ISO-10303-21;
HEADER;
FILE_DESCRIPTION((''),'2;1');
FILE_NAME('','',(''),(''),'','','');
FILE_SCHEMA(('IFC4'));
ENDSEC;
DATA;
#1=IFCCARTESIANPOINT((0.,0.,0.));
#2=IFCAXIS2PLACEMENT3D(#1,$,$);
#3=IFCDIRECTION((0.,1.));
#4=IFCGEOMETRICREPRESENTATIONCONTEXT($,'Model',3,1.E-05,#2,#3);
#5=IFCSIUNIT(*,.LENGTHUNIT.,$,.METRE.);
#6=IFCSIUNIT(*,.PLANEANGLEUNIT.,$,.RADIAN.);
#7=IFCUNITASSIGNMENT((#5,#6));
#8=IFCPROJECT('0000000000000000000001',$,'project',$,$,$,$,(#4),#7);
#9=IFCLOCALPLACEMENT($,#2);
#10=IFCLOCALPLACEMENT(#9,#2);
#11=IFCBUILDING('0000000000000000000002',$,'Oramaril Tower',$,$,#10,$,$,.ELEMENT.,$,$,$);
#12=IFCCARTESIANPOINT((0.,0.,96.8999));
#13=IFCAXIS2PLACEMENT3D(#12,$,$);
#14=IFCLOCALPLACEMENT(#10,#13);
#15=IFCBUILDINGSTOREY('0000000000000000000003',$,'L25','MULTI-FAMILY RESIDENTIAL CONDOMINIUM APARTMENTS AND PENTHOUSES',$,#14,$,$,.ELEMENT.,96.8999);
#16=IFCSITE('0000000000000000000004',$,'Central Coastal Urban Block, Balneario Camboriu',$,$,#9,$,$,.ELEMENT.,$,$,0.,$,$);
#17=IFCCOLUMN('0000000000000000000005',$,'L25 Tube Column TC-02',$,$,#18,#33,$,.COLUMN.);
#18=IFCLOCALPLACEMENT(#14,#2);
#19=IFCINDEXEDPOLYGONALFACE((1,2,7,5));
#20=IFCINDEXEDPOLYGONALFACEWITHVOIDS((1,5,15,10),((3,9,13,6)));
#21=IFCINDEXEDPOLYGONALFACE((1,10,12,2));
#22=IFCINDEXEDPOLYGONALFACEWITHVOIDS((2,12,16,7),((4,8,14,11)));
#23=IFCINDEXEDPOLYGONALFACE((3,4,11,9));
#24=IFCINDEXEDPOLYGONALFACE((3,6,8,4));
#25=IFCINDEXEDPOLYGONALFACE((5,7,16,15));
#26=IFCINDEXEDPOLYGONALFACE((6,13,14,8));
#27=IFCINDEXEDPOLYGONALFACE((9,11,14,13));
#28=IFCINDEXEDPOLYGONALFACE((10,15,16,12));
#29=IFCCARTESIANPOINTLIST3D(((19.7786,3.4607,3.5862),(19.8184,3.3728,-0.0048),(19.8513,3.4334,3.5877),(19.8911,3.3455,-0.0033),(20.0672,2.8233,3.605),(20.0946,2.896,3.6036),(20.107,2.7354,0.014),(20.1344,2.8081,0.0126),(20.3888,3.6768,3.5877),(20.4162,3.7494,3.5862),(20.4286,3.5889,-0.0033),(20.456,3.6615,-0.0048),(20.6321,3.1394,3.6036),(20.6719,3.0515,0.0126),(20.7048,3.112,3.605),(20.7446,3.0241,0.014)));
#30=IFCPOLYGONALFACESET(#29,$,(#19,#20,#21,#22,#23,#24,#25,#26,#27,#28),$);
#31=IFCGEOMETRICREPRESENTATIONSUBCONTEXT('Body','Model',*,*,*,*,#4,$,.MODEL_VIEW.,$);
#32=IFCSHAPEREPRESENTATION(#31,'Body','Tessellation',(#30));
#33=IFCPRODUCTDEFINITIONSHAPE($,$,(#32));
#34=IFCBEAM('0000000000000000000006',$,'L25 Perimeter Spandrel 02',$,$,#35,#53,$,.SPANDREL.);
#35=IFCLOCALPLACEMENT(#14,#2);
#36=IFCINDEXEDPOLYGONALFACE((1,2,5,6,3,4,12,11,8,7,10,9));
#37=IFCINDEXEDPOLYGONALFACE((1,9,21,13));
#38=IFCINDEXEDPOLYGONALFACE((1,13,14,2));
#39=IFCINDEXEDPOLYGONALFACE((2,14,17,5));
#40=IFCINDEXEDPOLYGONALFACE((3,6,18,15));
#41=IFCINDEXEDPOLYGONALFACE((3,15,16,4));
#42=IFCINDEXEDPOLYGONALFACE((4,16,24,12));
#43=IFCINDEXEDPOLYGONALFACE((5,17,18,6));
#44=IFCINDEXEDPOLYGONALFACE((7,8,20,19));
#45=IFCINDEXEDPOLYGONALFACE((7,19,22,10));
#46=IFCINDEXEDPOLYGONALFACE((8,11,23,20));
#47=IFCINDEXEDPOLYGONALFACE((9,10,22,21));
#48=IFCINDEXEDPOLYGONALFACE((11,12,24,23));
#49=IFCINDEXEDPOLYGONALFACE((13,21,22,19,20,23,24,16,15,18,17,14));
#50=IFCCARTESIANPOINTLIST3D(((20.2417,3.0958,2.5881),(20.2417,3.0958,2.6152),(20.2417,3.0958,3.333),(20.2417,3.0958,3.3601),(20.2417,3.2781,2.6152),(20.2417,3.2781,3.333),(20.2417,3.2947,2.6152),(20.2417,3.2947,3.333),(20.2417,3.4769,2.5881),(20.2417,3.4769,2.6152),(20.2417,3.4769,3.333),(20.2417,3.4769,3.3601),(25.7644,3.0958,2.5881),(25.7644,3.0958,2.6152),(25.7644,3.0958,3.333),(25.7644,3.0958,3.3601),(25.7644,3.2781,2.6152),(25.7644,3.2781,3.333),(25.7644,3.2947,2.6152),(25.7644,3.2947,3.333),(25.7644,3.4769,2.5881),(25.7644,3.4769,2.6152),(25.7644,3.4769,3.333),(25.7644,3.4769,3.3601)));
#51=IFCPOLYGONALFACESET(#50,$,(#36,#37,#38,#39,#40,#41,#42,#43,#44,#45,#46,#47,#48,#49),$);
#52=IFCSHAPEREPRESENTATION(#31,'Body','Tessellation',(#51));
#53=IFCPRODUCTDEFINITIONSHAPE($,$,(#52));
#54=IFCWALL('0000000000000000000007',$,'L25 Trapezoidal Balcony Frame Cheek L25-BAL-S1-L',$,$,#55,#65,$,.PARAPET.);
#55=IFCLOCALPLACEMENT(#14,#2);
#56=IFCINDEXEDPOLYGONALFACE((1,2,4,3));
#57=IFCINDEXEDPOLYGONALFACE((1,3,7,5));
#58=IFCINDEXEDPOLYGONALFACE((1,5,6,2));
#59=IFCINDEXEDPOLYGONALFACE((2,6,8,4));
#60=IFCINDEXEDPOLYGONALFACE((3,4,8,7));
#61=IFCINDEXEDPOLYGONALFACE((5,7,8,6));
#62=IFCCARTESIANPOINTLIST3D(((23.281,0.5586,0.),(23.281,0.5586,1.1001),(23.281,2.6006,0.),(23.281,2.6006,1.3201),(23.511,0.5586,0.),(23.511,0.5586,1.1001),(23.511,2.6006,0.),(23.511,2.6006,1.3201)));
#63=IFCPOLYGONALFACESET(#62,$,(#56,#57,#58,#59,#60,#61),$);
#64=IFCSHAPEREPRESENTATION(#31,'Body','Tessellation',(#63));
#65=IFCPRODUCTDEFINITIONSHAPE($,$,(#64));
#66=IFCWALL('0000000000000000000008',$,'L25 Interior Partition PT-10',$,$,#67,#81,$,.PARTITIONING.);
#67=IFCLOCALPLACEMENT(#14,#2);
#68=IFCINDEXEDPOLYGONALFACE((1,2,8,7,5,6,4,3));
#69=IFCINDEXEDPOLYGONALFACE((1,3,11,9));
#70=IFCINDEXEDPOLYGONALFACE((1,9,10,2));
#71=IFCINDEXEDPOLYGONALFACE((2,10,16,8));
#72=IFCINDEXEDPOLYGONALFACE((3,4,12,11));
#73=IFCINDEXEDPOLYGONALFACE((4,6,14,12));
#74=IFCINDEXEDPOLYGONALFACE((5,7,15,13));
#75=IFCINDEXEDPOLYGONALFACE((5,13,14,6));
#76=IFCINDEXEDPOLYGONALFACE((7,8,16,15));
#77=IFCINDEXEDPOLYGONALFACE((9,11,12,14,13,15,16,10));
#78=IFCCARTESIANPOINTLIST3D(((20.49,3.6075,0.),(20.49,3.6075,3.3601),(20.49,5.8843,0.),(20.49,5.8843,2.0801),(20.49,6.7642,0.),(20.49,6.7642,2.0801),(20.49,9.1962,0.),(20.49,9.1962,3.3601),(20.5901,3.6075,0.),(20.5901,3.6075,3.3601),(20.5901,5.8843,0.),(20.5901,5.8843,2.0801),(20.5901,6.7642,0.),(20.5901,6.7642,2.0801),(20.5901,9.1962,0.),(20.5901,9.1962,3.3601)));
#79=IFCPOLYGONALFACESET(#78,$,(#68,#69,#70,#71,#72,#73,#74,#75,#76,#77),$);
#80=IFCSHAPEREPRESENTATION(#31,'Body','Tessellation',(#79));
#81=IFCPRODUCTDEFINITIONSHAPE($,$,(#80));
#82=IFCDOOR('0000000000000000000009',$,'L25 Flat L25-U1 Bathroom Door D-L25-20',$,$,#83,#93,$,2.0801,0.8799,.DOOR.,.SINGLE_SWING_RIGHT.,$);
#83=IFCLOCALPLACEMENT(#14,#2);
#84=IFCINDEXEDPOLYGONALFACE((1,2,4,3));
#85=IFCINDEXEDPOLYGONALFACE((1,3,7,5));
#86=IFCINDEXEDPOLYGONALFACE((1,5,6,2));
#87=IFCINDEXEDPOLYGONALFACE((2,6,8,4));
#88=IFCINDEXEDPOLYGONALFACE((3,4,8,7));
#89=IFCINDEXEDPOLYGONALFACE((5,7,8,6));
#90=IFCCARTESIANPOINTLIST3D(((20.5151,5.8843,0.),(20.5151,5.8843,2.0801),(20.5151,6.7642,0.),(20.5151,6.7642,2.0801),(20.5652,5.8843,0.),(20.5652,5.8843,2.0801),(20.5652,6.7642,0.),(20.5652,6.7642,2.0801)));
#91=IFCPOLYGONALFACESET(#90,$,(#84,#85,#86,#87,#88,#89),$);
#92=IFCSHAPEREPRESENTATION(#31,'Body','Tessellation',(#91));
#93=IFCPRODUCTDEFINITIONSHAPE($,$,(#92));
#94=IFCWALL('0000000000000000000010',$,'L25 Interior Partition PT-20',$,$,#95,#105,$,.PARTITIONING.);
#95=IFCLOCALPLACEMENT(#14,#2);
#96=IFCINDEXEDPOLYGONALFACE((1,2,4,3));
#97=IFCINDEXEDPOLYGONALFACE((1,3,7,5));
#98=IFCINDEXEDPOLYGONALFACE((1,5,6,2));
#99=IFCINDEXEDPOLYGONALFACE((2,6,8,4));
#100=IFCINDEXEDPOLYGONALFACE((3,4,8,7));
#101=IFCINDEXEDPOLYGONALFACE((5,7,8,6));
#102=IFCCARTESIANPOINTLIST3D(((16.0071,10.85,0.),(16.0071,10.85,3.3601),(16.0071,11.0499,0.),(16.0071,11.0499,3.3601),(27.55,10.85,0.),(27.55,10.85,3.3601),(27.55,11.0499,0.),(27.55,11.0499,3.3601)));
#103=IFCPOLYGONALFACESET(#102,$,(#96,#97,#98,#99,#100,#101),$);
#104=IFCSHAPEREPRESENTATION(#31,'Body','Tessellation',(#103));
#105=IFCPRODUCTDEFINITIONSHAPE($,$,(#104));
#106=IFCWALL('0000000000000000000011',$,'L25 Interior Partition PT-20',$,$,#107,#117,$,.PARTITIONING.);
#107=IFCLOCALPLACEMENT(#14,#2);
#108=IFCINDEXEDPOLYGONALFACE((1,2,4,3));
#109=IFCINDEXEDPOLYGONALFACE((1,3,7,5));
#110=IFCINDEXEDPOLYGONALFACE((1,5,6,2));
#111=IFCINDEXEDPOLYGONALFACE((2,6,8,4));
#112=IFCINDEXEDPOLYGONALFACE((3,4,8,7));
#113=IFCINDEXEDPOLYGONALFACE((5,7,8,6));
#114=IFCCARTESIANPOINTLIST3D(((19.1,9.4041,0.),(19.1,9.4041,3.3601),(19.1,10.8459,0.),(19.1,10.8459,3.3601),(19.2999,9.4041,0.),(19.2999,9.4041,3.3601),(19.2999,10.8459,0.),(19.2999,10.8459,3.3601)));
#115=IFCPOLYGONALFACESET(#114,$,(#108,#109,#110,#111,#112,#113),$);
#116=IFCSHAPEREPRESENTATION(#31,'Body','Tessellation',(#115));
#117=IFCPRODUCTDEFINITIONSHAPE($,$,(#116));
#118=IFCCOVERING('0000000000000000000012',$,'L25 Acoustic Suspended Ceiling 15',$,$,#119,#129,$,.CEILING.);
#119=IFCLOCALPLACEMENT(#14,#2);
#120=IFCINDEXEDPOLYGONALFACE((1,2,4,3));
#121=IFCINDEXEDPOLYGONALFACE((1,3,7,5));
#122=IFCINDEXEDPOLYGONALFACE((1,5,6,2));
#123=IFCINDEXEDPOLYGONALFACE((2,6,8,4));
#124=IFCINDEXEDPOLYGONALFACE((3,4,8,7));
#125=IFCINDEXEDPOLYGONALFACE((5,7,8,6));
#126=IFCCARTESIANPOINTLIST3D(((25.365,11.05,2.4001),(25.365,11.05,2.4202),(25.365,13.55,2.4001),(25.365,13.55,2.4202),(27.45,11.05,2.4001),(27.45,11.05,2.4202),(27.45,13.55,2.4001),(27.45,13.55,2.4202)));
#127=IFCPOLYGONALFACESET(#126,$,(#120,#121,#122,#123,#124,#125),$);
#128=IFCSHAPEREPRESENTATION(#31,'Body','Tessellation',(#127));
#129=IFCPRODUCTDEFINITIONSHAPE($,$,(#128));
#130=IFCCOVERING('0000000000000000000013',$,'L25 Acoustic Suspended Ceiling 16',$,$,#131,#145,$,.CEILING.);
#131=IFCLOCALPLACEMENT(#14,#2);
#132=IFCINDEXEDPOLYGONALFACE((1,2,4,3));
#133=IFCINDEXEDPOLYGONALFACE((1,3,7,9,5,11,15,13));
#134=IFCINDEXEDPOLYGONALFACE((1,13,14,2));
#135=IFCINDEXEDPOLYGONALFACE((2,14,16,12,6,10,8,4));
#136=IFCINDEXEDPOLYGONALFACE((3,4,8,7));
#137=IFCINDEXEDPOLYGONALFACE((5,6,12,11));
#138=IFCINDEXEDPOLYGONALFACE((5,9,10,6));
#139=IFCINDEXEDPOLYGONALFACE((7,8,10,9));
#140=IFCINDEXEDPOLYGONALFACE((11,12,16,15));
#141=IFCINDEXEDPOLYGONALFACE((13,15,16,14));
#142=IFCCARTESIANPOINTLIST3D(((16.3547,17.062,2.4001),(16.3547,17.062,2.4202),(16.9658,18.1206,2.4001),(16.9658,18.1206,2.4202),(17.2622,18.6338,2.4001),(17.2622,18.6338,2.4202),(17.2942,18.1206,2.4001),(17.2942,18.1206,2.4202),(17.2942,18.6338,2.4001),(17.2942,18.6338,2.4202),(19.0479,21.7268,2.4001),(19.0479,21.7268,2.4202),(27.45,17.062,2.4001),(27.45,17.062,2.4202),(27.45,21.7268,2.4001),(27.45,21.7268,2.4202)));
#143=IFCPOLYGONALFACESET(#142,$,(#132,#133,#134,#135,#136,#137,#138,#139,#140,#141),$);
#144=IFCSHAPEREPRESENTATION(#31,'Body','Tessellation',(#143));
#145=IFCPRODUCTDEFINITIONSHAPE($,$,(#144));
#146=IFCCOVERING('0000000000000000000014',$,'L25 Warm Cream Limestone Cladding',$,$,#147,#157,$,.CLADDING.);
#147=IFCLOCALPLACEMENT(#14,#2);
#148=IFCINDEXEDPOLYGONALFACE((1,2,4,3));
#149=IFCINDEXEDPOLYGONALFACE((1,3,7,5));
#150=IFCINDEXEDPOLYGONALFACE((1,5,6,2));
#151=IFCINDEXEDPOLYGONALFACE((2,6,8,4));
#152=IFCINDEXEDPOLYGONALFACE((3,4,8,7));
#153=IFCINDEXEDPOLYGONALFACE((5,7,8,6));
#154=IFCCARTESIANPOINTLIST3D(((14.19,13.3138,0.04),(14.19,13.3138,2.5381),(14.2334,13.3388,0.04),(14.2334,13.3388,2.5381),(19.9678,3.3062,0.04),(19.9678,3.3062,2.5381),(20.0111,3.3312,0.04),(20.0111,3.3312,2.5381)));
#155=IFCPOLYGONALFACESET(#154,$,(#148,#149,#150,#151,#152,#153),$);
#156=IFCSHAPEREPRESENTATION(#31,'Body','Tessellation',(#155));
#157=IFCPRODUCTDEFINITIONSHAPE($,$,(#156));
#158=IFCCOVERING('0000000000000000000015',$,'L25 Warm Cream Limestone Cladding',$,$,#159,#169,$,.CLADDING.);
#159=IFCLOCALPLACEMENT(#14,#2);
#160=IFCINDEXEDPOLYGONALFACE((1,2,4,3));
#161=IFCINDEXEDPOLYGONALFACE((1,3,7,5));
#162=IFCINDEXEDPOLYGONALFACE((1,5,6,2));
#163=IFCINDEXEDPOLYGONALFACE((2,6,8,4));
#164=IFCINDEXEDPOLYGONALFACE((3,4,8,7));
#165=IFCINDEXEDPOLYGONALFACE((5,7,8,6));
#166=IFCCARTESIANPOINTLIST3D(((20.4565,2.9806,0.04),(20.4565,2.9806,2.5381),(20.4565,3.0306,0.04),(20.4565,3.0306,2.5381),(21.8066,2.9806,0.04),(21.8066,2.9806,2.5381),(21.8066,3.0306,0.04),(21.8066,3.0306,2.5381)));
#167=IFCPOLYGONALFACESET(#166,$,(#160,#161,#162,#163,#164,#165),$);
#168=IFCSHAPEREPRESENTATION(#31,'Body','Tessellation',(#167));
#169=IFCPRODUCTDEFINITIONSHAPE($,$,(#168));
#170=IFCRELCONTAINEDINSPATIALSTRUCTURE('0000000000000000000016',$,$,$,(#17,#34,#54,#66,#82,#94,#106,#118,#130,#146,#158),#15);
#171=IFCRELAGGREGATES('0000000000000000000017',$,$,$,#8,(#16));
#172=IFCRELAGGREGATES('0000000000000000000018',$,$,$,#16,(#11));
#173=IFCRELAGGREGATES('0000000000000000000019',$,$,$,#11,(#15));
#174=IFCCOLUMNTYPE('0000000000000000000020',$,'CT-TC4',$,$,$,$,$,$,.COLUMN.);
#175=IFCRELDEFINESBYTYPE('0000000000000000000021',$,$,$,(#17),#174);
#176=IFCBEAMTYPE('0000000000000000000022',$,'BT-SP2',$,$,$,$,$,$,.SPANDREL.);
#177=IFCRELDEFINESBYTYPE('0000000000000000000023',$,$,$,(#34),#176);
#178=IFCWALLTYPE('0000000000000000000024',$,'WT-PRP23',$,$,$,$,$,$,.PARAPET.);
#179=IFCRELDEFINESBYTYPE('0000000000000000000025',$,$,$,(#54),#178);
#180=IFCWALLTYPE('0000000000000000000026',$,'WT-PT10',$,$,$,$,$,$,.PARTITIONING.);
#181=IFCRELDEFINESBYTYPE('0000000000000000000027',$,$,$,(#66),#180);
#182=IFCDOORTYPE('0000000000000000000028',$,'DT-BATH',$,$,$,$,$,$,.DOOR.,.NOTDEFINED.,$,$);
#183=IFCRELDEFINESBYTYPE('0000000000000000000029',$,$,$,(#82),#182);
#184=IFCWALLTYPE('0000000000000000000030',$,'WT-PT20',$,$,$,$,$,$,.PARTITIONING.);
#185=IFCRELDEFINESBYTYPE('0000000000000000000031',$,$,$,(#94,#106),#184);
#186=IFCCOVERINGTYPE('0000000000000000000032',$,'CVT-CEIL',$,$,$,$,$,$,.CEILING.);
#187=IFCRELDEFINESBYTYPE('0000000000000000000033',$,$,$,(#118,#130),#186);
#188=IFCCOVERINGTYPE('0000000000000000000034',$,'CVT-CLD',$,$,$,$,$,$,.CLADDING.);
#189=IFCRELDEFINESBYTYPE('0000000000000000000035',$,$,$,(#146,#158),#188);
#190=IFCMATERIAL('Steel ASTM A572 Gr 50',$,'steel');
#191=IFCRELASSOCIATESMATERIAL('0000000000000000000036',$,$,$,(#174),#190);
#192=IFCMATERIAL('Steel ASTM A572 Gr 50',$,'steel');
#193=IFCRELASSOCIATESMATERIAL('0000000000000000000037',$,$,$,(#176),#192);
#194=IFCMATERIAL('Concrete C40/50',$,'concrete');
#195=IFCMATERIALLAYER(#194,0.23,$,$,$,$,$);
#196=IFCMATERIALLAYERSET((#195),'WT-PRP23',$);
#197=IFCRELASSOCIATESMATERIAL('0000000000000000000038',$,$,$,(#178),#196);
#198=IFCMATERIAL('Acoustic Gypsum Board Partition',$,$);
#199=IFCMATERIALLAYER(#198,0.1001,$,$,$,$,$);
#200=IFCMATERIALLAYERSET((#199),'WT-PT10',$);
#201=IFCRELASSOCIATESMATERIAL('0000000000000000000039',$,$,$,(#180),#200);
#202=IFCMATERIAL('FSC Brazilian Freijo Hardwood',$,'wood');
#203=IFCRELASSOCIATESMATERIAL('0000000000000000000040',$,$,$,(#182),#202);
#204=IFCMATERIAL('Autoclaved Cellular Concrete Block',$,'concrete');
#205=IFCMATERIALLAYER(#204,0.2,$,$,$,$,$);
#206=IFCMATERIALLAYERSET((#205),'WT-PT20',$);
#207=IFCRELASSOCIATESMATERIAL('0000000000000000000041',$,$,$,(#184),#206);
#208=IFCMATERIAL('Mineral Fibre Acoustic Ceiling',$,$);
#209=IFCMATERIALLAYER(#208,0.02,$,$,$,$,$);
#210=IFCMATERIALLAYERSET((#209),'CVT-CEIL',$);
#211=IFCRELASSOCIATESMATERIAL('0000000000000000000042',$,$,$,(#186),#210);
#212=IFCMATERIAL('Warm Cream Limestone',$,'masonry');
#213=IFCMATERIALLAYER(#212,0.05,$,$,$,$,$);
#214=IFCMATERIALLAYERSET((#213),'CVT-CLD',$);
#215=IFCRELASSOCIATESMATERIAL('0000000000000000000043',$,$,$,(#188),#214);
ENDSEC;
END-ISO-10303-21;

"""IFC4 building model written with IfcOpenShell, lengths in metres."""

from ifc_helpers import new_model, si_unit, direction, frame, frame_2d, origin, origin_2d, place, context, subcontext, project, spatial, polyline, rectangle, hollow_rectangle, i_section, outline, extrude, material, layer, layer_set, material_profile, profile_set, type_object, element, fill, save


model = new_model("IFC4")

# Units and contexts
model_context = context("Model", 3, precision=1e-05, world=origin(), true_north=direction((0.0, 1.0)))
body_context = subcontext(model_context, "Body", "Model", "MODEL_VIEW")
ifc_project = project(units=[si_unit("LENGTHUNIT", "METRE"), si_unit("PLANEANGLEUNIT", "RADIAN")], contexts=[model_context])

# Site, building, storey
site_placement = place(None, origin())
site = spatial("IfcSite", under=ifc_project, at=site_placement, Name="Central Coastal Urban Block, Balneario Camboriu", CompositionType="ELEMENT", RefElevation=0.0)
building_placement = place(site_placement, origin())
building = spatial("IfcBuilding", under=site, at=building_placement, Name="Oramaril Tower", CompositionType="ELEMENT")
storey_placement = place(building_placement, frame((0.0, 0.0, 96.8999)))
storey = spatial("IfcBuildingStorey", under=building, at=storey_placement, Name="L25", Description="MULTI-FAMILY RESIDENTIAL CONDOMINIUM APARTMENTS AND PENTHOUSES", CompositionType="ELEMENT", Elevation=96.8999)

# Column
ifc_material_1 = material(Name="Steel ASTM A572 Gr 50", Category="steel")
ifc_material_profile_1 = material_profile(ifc_material_1, hollow_rectangle(XDim=0.7, YDim=0.7, WallThickness=0.0549, at=origin_2d()), Name="BOX700X700X55")
ifc_profile_set_1 = profile_set([ifc_material_profile_1], Name="Steel ASTM A572 Gr 50")
column_type = type_object("IfcColumnType", Name="CT-TC4", PredefinedType="COLUMN", material=ifc_profile_set_1)
column_placement = place(storey_placement, frame((20.2815, 3.1985, 0.0046), z_axis=(-0.011078, 0.024466, 0.999639), x_axis=(-0.910972, -0.412468, 0.0)))
element("IfcColumn", 1, at=column_placement, inside=storey, type_object=column_type, Name="L25 Tube Column TC-02", PredefinedType="COLUMN", context=body_context, shape_type="SweptSolid", body=[
    extrude(hollow_rectangle(XDim=0.7, YDim=0.7, WallThickness=0.0549, at=origin_2d()), origin(), (0.0, 0.0, 1.0), 3.5923),
])

# Beam
ifc_material_2 = material(Name="Steel ASTM A572 Gr 50", Category="steel")
ifc_material_profile_2 = material_profile(ifc_material_2, i_section(OverallWidth=0.3811, OverallDepth=0.772, WebThickness=0.0166, FlangeThickness=0.0271, at=origin_2d()), Name="W30X173")
ifc_profile_set_2 = profile_set([ifc_material_profile_2], Name="Steel ASTM A572 Gr 50")
beam_type = type_object("IfcBeamType", Name="BT-SP2", PredefinedType="SPANDREL", material=ifc_profile_set_2)
beam_placement = place(storey_placement, frame((20.2417, 3.2864, 2.9741), z_axis=(1.0, 0.0, 0.0), x_axis=(0.0, 1.0, 0.0)))
element("IfcBeam", 2, at=beam_placement, inside=storey, type_object=beam_type, Name="L25 Perimeter Spandrel 02", PredefinedType="SPANDREL", context=body_context, shape_type="SweptSolid", body=[
    extrude(i_section(OverallWidth=0.3811, OverallDepth=0.772, WebThickness=0.0166, FlangeThickness=0.0271, at=origin_2d()), origin(), (0.0, 0.0, 1.0), 5.5227),
])

# Wall
ifc_material_3 = material(Name="Concrete C40/50", Category="concrete")
ifc_layer_1 = layer(ifc_material_3, 0.23)
ifc_layer_set_1 = layer_set([ifc_layer_1], Name="WT-PRP23")
wall_type_1 = type_object("IfcWallType", Name="WT-PRP23", PredefinedType="PARAPET", material=ifc_layer_set_1)
wall_1_placement = place(storey_placement, frame((23.396, 2.6006, 0.0), z_axis=(0.0, 0.0, 1.0), x_axis=(0.0, -1.0, 0.0)))
element("IfcWall", 3, at=wall_1_placement, inside=storey, type_object=wall_type_1, Name="L25 Trapezoidal Balcony Frame Cheek L25-BAL-S1-L", PredefinedType="PARAPET", context=body_context, shape_type="SweptSolid", body=[
    extrude(outline(polyline([(0.0, 0.0), (2.042, 0.0), (2.042, 1.1001), (0.0, 1.3201), (0.0, 0.0)])), frame((0.0, 0.115, 0.0), z_axis=(0.0, -1.0, 0.0), x_axis=(1.0, 0.0, 0.0)), (0.0, 0.0, 1.0), 0.23),
])

# Wall, opening, door
ifc_material_4 = material(Name="Acoustic Gypsum Board Partition")
ifc_layer_2 = layer(ifc_material_4, 0.1001)
ifc_layer_set_2 = layer_set([ifc_layer_2], Name="WT-PT10")
wall_type_2 = type_object("IfcWallType", Name="WT-PT10", PredefinedType="PARTITIONING", material=ifc_layer_set_2)
wall_2_placement = place(storey_placement, frame((20.54, 3.6074, 0.0), z_axis=(0.0, 0.0, 1.0), x_axis=(0.0, 1.0, 0.0)))
wall_2 = element("IfcWall", 4, at=wall_2_placement, inside=storey, type_object=wall_type_2, Name="L25 Interior Partition PT-10", PredefinedType="PARTITIONING", context=body_context, shape_type="SweptSolid", body=[
    extrude(rectangle(XDim=5.5886, YDim=0.1001, at=frame_2d((2.7944, 0.0))), origin(), (0.0, 0.0, 1.0), 3.3601),
])
opening_1_placement = place(wall_2_placement, frame((2.2769, 0.0, 0.0)))
opening_1 = element("IfcOpeningElement", 5, at=opening_1_placement, cuts=wall_2, PredefinedType="OPENING", context=body_context, shape_type="SweptSolid", body=[
    extrude(rectangle(XDim=0.8799, YDim=2.0801, at=frame_2d((0.4399, 1.04))), frame((0.0, 0.05, 0.0), z_axis=(0.0, -1.0, 0.0), x_axis=(1.0, 0.0, 0.0)), (0.0, 0.0, 1.0), 0.1001),
])
ifc_material_5 = material(Name="FSC Brazilian Freijo Hardwood", Category="wood")
door_type_1 = type_object("IfcDoorType", Name="DT-BATH", OperationType="NOTDEFINED", PredefinedType="DOOR", material=ifc_material_5)
door_1_placement = place(opening_1_placement, origin())
door_1 = element("IfcDoor", 6, at=door_1_placement, inside=storey, type_object=door_type_1, Name="L25 Flat L25-U1 Bathroom Door D-L25-20", OperationType="SINGLE_SWING_RIGHT", OverallHeight=2.0801, OverallWidth=0.8799, PredefinedType="DOOR", context=body_context, shape_type="SweptSolid", body=[
    extrude(rectangle(XDim=0.8799, YDim=2.0801, at=frame_2d((0.4399, 1.04))), frame((0.0, 0.0249, 0.0), z_axis=(0.0, -1.0, 0.0), x_axis=(1.0, 0.0, 0.0)), (0.0, 0.0, 1.0), 0.05),
])
fill(opening_1, door_1)

# Shared definitions
ifc_material_6 = material(Name="Autoclaved Cellular Concrete Block", Category="concrete")
ifc_layer_3 = layer(ifc_material_6, 0.2)
ifc_layer_set_3 = layer_set([ifc_layer_3], Name="WT-PT20")
wall_type_3 = type_object("IfcWallType", Name="WT-PT20", PredefinedType="PARTITIONING", material=ifc_layer_set_3)

# Walls
wall_3_placement = place(storey_placement, frame((16.0071, 10.95, 0.0), z_axis=(0.0, 0.0, 1.0), x_axis=(1.0, 0.0, 0.0)))
element("IfcWall", 7, at=wall_3_placement, inside=storey, type_object=wall_type_3, Name="L25 Interior Partition PT-20", PredefinedType="PARTITIONING", context=body_context, shape_type="SweptSolid", body=[
    extrude(rectangle(XDim=11.543, YDim=0.2, at=frame_2d((5.7715, 0.0))), origin(), (0.0, 0.0, 1.0), 3.3601),
])
wall_4_placement = place(storey_placement, frame((19.2, 9.4041, 0.0), z_axis=(0.0, 0.0, 1.0), x_axis=(0.0, 1.0, 0.0)))
element("IfcWall", 8, at=wall_4_placement, inside=storey, type_object=wall_type_3, Name="L25 Interior Partition PT-20", PredefinedType="PARTITIONING", context=body_context, shape_type="SweptSolid", body=[
    extrude(rectangle(XDim=1.4419, YDim=0.2, at=frame_2d((0.7209, 0.0))), origin(), (0.0, 0.0, 1.0), 3.3601),
])

# Coverings
ifc_material_7 = material(Name="Mineral Fibre Acoustic Ceiling")
ifc_layer_4 = layer(ifc_material_7, 0.02)
ifc_layer_set_4 = layer_set([ifc_layer_4], Name="CVT-CEIL")
covering_type_1 = type_object("IfcCoveringType", Name="CVT-CEIL", PredefinedType="CEILING", material=ifc_layer_set_4)
covering_1_placement = place(storey_placement, frame((0.0, 0.0, 2.4001)))
element("IfcCovering", 9, at=covering_1_placement, inside=storey, type_object=covering_type_1, Name="L25 Acoustic Suspended Ceiling 15", PredefinedType="CEILING", context=body_context, shape_type="SweptSolid", body=[
    extrude(outline(polyline([(25.365, 13.55), (27.45, 13.55), (27.45, 11.05), (25.365, 11.05), (25.365, 13.55)])), origin(), (0.0, 0.0, 1.0), 0.02),
])
covering_2_placement = place(storey_placement, frame((0.0, 0.0, 2.4001)))
element("IfcCovering", 10, at=covering_2_placement, inside=storey, type_object=covering_type_1, Name="L25 Acoustic Suspended Ceiling 16", PredefinedType="CEILING", context=body_context, shape_type="SweptSolid", body=[
    extrude(outline(polyline([(16.9658, 18.1206), (17.2942, 18.1206), (17.2942, 18.6338), (17.2622, 18.6338), (19.0479, 21.7268), (27.45, 21.7268), (27.45, 17.062), (16.3547, 17.062), (16.9658, 18.1206)])), origin(), (0.0, 0.0, 1.0), 0.02),
])
ifc_material_8 = material(Name="Warm Cream Limestone", Category="masonry")
ifc_layer_5 = layer(ifc_material_8, 0.05)
ifc_layer_set_5 = layer_set([ifc_layer_5], Name="CVT-CLD")
covering_type_2 = type_object("IfcCoveringType", Name="CVT-CLD", PredefinedType="CLADDING", material=ifc_layer_set_5)
covering_3_placement = place(storey_placement, frame((17.1006, 8.3225, 0.04), z_axis=(0.0, 0.0, 1.0), x_axis=(0.499992, -0.86603, 0.0)))
element("IfcCovering", 11, at=covering_3_placement, inside=storey, type_object=covering_type_2, Name="L25 Warm Cream Limestone Cladding", PredefinedType="CLADDING", context=body_context, shape_type="SweptSolid", body=[
    extrude(rectangle(XDim=11.5557, YDim=0.05, at=origin_2d()), origin(), (0.0, 0.0, 1.0), 2.498),
])
covering_4_placement = place(storey_placement, frame((21.1316, 3.0056, 0.04), z_axis=(0.0, 0.0, 1.0), x_axis=(1.0, 0.0, 0.0)))
element("IfcCovering", 12, at=covering_4_placement, inside=storey, type_object=covering_type_2, Name="L25 Warm Cream Limestone Cladding", PredefinedType="CLADDING", context=body_context, shape_type="SweptSolid", body=[
    extrude(rectangle(XDim=1.3501, YDim=0.05, at=origin_2d()), origin(), (0.0, 0.0, 1.0), 2.498),
])

save(model, "model.ifc")
